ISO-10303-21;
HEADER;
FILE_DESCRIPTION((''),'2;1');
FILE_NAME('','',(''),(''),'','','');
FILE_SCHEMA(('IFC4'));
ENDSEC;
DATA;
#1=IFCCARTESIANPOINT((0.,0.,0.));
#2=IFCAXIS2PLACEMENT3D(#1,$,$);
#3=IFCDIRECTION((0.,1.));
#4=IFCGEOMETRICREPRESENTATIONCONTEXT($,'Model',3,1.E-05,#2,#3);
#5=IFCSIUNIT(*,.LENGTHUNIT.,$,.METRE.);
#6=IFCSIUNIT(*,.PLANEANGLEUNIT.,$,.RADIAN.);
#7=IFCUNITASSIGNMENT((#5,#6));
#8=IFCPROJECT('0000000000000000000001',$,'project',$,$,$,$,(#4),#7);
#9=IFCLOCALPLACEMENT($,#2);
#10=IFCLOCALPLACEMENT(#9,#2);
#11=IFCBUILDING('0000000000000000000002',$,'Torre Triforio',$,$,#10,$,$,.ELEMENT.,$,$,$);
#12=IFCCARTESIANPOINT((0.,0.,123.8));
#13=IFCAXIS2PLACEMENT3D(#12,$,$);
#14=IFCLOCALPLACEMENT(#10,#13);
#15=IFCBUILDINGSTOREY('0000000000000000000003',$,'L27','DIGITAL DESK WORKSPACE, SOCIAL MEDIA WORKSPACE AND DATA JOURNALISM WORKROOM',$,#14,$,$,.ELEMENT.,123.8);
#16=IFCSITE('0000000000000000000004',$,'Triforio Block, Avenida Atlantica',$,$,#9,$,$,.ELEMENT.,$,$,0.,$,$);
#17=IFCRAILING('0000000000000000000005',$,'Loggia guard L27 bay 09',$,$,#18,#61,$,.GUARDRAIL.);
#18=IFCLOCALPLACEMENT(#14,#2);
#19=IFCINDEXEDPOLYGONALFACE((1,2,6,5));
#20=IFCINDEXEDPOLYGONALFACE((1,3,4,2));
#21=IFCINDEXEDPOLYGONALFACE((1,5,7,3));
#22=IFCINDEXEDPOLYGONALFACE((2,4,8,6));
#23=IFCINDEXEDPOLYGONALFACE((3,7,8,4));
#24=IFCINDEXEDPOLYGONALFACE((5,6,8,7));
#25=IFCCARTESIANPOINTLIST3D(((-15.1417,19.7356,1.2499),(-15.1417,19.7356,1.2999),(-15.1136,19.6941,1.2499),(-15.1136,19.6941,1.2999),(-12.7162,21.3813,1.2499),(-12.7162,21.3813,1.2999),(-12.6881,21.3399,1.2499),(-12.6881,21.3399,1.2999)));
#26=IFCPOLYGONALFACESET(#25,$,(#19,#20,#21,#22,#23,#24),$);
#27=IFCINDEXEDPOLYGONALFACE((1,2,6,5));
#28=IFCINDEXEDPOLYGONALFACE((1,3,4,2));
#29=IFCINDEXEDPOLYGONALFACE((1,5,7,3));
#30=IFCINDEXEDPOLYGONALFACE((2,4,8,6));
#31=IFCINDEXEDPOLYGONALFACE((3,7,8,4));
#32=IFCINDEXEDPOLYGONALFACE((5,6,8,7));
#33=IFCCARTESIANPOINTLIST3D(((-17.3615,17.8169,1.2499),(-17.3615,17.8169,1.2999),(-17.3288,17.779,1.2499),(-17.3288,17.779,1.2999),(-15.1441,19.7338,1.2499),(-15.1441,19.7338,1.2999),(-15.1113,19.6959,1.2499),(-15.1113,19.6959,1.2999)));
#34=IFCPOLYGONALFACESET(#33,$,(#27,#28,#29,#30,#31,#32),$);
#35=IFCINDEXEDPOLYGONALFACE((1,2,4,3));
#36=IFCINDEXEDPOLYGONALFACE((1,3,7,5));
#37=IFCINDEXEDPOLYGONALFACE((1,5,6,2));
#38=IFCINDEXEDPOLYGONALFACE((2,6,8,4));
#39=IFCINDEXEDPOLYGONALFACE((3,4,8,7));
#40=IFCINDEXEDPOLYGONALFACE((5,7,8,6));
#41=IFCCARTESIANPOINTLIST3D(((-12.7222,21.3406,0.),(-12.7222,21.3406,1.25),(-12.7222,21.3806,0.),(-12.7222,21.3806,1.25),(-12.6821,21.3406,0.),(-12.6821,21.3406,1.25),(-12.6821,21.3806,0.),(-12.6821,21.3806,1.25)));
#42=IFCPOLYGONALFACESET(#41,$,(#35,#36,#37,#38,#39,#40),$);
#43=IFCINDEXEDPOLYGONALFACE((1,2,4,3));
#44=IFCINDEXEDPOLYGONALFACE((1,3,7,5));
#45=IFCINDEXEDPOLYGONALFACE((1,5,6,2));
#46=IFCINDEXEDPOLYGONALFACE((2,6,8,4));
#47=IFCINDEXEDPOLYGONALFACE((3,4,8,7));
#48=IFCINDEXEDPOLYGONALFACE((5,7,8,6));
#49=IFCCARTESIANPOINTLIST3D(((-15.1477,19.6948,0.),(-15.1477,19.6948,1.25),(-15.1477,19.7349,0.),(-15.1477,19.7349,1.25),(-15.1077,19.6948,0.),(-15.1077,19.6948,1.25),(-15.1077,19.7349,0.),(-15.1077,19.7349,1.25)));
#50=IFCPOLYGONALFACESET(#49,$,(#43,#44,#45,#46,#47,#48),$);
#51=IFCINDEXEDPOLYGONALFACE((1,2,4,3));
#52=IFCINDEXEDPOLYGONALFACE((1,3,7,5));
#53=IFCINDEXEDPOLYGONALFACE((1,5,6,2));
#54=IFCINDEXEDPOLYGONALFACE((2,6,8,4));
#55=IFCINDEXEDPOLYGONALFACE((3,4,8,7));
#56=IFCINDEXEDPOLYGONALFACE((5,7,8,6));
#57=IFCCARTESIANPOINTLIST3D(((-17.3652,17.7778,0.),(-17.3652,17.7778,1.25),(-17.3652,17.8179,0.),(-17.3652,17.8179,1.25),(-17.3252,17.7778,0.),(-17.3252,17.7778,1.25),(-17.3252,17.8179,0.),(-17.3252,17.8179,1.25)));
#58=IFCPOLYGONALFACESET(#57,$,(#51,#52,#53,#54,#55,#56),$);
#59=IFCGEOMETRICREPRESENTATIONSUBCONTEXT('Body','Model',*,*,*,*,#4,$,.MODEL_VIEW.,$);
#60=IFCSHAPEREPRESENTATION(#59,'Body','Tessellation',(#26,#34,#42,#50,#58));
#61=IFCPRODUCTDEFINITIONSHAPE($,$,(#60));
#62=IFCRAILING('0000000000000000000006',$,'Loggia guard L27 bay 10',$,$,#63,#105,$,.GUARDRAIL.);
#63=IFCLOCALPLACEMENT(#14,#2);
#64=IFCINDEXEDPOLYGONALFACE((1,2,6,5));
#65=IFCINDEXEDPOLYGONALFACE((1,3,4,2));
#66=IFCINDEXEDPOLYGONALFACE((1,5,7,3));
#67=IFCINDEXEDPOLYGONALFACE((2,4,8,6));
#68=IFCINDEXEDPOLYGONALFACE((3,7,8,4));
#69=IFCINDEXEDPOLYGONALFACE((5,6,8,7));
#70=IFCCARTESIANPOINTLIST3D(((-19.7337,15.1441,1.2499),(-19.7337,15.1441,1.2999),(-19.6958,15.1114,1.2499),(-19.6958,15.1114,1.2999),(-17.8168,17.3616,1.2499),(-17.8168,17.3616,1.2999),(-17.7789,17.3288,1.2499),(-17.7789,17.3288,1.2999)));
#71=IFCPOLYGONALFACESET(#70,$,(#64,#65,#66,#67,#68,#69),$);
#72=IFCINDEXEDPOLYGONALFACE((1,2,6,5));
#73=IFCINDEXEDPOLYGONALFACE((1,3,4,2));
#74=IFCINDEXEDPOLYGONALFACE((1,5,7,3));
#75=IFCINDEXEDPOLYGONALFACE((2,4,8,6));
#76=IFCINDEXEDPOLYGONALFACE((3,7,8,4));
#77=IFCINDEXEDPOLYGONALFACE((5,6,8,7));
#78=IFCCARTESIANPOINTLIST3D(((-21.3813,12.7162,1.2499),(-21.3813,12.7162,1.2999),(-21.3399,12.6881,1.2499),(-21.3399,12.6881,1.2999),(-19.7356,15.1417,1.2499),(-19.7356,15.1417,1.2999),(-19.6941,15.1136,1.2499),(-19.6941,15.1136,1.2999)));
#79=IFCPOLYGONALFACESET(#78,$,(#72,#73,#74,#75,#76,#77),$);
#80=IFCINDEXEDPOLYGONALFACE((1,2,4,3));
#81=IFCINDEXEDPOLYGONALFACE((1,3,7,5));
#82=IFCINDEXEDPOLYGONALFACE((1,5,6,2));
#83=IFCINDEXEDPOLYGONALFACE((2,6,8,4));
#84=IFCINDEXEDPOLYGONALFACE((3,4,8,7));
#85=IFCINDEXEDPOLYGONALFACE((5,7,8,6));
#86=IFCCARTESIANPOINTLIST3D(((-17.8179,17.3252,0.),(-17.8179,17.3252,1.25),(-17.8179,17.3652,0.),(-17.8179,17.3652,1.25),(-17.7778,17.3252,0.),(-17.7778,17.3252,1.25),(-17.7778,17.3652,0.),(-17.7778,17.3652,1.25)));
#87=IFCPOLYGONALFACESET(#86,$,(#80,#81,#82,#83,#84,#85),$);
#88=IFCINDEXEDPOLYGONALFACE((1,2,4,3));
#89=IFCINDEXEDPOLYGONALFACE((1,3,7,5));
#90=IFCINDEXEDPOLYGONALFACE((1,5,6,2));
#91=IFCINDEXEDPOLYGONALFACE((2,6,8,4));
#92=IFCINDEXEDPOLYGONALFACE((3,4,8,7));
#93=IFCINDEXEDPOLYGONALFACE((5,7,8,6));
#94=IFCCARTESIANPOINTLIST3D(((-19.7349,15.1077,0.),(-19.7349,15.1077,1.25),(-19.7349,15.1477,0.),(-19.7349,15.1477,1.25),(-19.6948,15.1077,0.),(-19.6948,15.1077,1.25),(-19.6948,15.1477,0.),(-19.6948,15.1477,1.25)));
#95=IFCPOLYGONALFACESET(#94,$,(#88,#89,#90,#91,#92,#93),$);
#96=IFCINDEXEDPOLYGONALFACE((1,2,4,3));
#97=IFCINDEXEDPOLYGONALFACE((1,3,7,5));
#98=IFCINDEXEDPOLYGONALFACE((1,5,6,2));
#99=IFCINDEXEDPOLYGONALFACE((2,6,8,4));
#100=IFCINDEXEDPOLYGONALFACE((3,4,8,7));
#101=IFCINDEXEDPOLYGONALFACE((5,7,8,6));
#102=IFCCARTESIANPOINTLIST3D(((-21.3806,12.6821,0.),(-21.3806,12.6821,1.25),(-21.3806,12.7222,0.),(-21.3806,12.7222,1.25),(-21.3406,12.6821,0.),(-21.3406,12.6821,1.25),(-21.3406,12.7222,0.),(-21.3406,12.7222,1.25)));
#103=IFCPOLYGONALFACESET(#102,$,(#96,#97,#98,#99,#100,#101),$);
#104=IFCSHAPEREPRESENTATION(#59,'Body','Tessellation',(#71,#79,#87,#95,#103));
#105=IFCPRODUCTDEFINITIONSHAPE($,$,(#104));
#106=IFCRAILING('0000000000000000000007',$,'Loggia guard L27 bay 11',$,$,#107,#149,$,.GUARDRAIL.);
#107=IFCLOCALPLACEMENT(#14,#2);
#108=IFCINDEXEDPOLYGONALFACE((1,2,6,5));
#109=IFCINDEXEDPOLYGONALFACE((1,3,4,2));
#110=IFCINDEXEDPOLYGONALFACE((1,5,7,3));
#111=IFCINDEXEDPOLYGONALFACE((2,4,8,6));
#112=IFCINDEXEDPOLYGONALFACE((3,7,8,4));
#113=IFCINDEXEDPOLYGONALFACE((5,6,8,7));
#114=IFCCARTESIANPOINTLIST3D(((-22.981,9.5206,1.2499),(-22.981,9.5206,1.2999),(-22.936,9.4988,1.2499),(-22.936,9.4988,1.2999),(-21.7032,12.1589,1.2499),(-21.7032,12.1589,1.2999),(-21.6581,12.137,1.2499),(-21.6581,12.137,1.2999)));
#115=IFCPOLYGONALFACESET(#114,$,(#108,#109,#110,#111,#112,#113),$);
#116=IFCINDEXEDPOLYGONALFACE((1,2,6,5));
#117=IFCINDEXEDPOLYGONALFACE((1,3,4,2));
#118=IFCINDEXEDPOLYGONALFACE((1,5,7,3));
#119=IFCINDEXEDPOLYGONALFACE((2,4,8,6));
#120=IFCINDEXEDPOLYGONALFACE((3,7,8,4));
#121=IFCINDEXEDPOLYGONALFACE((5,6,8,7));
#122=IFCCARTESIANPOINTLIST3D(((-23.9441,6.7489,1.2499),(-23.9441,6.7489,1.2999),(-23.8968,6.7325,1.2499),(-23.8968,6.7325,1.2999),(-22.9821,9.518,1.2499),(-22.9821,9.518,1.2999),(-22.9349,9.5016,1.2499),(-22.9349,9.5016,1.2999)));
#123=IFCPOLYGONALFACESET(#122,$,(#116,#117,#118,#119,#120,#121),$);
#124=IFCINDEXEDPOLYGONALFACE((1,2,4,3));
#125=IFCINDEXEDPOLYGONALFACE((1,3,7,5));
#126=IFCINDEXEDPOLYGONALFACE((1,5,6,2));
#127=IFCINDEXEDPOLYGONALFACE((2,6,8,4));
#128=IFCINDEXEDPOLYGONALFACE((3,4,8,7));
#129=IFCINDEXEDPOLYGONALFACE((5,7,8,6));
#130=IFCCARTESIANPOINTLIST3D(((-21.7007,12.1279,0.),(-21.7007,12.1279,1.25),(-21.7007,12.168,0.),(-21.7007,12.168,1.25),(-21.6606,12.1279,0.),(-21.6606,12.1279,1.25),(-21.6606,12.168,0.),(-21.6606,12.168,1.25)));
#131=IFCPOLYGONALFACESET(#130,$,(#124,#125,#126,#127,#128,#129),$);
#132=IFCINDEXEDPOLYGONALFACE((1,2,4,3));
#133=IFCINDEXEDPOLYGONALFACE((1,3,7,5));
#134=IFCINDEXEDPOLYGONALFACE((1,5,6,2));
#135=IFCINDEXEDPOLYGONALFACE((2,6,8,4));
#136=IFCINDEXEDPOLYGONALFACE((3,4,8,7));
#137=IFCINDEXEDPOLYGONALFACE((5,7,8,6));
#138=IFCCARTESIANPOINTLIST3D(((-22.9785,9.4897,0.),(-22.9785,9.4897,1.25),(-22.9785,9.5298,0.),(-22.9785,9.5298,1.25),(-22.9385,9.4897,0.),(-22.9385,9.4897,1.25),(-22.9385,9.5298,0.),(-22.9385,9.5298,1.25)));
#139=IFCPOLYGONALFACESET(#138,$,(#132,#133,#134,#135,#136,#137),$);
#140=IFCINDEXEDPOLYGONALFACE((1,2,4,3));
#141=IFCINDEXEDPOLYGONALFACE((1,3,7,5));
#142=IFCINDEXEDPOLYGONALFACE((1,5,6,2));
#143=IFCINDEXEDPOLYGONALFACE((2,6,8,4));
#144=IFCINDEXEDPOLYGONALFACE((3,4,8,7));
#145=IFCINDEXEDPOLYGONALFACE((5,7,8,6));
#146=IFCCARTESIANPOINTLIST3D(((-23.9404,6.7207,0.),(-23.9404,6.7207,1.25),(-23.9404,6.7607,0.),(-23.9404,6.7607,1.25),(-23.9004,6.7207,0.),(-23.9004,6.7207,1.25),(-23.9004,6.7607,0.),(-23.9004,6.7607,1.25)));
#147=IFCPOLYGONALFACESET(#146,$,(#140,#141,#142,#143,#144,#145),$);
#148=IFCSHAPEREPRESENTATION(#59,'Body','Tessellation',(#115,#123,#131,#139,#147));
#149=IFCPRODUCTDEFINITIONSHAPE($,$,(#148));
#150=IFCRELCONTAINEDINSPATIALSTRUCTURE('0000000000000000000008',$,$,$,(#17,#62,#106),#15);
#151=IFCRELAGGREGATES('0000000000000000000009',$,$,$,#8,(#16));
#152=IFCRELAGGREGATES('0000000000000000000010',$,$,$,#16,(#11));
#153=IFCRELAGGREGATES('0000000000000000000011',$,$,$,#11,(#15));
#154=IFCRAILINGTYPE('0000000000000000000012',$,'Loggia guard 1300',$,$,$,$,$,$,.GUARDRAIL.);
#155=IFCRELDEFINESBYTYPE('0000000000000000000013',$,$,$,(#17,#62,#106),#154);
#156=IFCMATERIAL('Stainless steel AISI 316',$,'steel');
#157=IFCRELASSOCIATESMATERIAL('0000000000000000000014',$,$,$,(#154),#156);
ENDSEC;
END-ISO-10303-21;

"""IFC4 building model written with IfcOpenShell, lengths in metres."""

from ifc_helpers import new_model, si_unit, direction, frame, origin, origin_2d, place, context, subcontext, project, spatial, rectangle, extrude, material, type_object, element, save


model = new_model("IFC4")

# Units and contexts
model_context = context("Model", 3, precision=1e-05, world=origin(), true_north=direction((0.0, 1.0)))
body_context = subcontext(model_context, "Body", "Model", "MODEL_VIEW")
ifc_project = project(units=[si_unit("LENGTHUNIT", "METRE"), si_unit("PLANEANGLEUNIT", "RADIAN")], contexts=[model_context])

# Site, building, storey
site_placement = place(None, origin())
site = spatial("IfcSite", under=ifc_project, at=site_placement, Name="Triforio Block, Avenida Atlantica", CompositionType="ELEMENT", RefElevation=0.0)
building_placement = place(site_placement, origin())
building = spatial("IfcBuilding", under=site, at=building_placement, Name="Torre Triforio", CompositionType="ELEMENT")
storey_placement = place(building_placement, frame((0.0, 0.0, 123.8)))
storey = spatial("IfcBuildingStorey", under=building, at=storey_placement, Name="L27", Description="DIGITAL DESK WORKSPACE, SOCIAL MEDIA WORKSPACE AND DATA JOURNALISM WORKROOM", CompositionType="ELEMENT", Elevation=123.8)

# Railings
ifc_material_1 = material(Name="Stainless steel AISI 316", Category="steel")
railing_type = type_object("IfcRailingType", Name="Loggia guard 1300", PredefinedType="GUARDRAIL", material=ifc_material_1)
railing_1_placement = place(storey_placement, frame((-12.7021, 21.3606, 0.0)))
element("IfcRailing", 1, at=railing_1_placement, inside=storey, type_object=railing_type, Name="Loggia guard L27 bay 09", PredefinedType="GUARDRAIL", context=body_context, shape_type="SweptSolid", body=[
    extrude(rectangle(XDim=0.05, YDim=0.05, at=origin_2d()), frame((0.0, 0.0, 1.2749), z_axis=(-0.827499, -0.561467, 0.0), x_axis=(0.561467, -0.827499, 0.0)), (0.0, 0.0, 1.0), 2.9312),
    extrude(rectangle(XDim=0.05, YDim=0.05, at=origin_2d()), frame((-2.4255, -1.6458, 1.2749), z_axis=(-0.75651, -0.653982, 0.0), x_axis=(0.653982, -0.75651, 0.0)), (0.0, 0.0, 1.0), 2.9312),
    extrude(rectangle(XDim=0.04, YDim=0.04, at=origin_2d()), origin(), (0.0, 0.0, 1.0), 1.25),
    extrude(rectangle(XDim=0.04, YDim=0.04, at=origin_2d()), frame((-2.4255, -1.6458, 0.0)), (0.0, 0.0, 1.0), 1.25),
    extrude(rectangle(XDim=0.04, YDim=0.04, at=origin_2d()), frame((-4.6431, -3.5627, 0.0)), (0.0, 0.0, 1.0), 1.25),
])
railing_2_placement = place(storey_placement, frame((-17.7979, 17.3452, 0.0)))
element("IfcRailing", 2, at=railing_2_placement, inside=storey, type_object=railing_type, Name="Loggia guard L27 bay 10", PredefinedType="GUARDRAIL", context=body_context, shape_type="SweptSolid", body=[
    extrude(rectangle(XDim=0.05, YDim=0.05, at=origin_2d()), frame((0.0, 0.0, 1.2749), z_axis=(-0.653982, -0.75651, 0.0), x_axis=(0.75651, -0.653982, 0.0)), (0.0, 0.0, 1.0), 2.9312),
    extrude(rectangle(XDim=0.05, YDim=0.05, at=origin_2d()), frame((-1.917, -2.2175, 1.2749), z_axis=(-0.561467, -0.827499, 0.0), x_axis=(0.827499, -0.561467, 0.0)), (0.0, 0.0, 1.0), 2.9312),
    extrude(rectangle(XDim=0.04, YDim=0.04, at=origin_2d()), origin(), (0.0, 0.0, 1.0), 1.25),
    extrude(rectangle(XDim=0.04, YDim=0.04, at=origin_2d()), frame((-1.917, -2.2175, 0.0)), (0.0, 0.0, 1.0), 1.25),
    extrude(rectangle(XDim=0.04, YDim=0.04, at=origin_2d()), frame((-3.5627, -4.6431, 0.0)), (0.0, 0.0, 1.0), 1.25),
])
railing_3_placement = place(storey_placement, frame((-21.6807, 12.1479, 0.0)))
element("IfcRailing", 3, at=railing_3_placement, inside=storey, type_object=railing_type, Name="Loggia guard L27 bay 11", PredefinedType="GUARDRAIL", context=body_context, shape_type="SweptSolid", body=[
    extrude(rectangle(XDim=0.05, YDim=0.05, at=origin_2d()), frame((0.0, 0.0, 1.2749), z_axis=(-0.435918, -0.899986, 0.0), x_axis=(0.899986, -0.435918, 0.0)), (0.0, 0.0, 1.0), 2.9314),
    extrude(rectangle(XDim=0.05, YDim=0.05, at=origin_2d()), frame((-1.2778, -2.6382, 1.2749), z_axis=(-0.328146, -0.944627, 0.0), x_axis=(0.944627, -0.328146, 0.0)), (0.0, 0.0, 1.0), 2.9314),
    extrude(rectangle(XDim=0.04, YDim=0.04, at=origin_2d()), origin(), (0.0, 0.0, 1.0), 1.25),
    extrude(rectangle(XDim=0.04, YDim=0.04, at=origin_2d()), frame((-1.2778, -2.6382, 0.0)), (0.0, 0.0, 1.0), 1.25),
    extrude(rectangle(XDim=0.04, YDim=0.04, at=origin_2d()), frame((-2.2397, -5.4072, 0.0)), (0.0, 0.0, 1.0), 1.25),
])

save(model, "model.ifc")
